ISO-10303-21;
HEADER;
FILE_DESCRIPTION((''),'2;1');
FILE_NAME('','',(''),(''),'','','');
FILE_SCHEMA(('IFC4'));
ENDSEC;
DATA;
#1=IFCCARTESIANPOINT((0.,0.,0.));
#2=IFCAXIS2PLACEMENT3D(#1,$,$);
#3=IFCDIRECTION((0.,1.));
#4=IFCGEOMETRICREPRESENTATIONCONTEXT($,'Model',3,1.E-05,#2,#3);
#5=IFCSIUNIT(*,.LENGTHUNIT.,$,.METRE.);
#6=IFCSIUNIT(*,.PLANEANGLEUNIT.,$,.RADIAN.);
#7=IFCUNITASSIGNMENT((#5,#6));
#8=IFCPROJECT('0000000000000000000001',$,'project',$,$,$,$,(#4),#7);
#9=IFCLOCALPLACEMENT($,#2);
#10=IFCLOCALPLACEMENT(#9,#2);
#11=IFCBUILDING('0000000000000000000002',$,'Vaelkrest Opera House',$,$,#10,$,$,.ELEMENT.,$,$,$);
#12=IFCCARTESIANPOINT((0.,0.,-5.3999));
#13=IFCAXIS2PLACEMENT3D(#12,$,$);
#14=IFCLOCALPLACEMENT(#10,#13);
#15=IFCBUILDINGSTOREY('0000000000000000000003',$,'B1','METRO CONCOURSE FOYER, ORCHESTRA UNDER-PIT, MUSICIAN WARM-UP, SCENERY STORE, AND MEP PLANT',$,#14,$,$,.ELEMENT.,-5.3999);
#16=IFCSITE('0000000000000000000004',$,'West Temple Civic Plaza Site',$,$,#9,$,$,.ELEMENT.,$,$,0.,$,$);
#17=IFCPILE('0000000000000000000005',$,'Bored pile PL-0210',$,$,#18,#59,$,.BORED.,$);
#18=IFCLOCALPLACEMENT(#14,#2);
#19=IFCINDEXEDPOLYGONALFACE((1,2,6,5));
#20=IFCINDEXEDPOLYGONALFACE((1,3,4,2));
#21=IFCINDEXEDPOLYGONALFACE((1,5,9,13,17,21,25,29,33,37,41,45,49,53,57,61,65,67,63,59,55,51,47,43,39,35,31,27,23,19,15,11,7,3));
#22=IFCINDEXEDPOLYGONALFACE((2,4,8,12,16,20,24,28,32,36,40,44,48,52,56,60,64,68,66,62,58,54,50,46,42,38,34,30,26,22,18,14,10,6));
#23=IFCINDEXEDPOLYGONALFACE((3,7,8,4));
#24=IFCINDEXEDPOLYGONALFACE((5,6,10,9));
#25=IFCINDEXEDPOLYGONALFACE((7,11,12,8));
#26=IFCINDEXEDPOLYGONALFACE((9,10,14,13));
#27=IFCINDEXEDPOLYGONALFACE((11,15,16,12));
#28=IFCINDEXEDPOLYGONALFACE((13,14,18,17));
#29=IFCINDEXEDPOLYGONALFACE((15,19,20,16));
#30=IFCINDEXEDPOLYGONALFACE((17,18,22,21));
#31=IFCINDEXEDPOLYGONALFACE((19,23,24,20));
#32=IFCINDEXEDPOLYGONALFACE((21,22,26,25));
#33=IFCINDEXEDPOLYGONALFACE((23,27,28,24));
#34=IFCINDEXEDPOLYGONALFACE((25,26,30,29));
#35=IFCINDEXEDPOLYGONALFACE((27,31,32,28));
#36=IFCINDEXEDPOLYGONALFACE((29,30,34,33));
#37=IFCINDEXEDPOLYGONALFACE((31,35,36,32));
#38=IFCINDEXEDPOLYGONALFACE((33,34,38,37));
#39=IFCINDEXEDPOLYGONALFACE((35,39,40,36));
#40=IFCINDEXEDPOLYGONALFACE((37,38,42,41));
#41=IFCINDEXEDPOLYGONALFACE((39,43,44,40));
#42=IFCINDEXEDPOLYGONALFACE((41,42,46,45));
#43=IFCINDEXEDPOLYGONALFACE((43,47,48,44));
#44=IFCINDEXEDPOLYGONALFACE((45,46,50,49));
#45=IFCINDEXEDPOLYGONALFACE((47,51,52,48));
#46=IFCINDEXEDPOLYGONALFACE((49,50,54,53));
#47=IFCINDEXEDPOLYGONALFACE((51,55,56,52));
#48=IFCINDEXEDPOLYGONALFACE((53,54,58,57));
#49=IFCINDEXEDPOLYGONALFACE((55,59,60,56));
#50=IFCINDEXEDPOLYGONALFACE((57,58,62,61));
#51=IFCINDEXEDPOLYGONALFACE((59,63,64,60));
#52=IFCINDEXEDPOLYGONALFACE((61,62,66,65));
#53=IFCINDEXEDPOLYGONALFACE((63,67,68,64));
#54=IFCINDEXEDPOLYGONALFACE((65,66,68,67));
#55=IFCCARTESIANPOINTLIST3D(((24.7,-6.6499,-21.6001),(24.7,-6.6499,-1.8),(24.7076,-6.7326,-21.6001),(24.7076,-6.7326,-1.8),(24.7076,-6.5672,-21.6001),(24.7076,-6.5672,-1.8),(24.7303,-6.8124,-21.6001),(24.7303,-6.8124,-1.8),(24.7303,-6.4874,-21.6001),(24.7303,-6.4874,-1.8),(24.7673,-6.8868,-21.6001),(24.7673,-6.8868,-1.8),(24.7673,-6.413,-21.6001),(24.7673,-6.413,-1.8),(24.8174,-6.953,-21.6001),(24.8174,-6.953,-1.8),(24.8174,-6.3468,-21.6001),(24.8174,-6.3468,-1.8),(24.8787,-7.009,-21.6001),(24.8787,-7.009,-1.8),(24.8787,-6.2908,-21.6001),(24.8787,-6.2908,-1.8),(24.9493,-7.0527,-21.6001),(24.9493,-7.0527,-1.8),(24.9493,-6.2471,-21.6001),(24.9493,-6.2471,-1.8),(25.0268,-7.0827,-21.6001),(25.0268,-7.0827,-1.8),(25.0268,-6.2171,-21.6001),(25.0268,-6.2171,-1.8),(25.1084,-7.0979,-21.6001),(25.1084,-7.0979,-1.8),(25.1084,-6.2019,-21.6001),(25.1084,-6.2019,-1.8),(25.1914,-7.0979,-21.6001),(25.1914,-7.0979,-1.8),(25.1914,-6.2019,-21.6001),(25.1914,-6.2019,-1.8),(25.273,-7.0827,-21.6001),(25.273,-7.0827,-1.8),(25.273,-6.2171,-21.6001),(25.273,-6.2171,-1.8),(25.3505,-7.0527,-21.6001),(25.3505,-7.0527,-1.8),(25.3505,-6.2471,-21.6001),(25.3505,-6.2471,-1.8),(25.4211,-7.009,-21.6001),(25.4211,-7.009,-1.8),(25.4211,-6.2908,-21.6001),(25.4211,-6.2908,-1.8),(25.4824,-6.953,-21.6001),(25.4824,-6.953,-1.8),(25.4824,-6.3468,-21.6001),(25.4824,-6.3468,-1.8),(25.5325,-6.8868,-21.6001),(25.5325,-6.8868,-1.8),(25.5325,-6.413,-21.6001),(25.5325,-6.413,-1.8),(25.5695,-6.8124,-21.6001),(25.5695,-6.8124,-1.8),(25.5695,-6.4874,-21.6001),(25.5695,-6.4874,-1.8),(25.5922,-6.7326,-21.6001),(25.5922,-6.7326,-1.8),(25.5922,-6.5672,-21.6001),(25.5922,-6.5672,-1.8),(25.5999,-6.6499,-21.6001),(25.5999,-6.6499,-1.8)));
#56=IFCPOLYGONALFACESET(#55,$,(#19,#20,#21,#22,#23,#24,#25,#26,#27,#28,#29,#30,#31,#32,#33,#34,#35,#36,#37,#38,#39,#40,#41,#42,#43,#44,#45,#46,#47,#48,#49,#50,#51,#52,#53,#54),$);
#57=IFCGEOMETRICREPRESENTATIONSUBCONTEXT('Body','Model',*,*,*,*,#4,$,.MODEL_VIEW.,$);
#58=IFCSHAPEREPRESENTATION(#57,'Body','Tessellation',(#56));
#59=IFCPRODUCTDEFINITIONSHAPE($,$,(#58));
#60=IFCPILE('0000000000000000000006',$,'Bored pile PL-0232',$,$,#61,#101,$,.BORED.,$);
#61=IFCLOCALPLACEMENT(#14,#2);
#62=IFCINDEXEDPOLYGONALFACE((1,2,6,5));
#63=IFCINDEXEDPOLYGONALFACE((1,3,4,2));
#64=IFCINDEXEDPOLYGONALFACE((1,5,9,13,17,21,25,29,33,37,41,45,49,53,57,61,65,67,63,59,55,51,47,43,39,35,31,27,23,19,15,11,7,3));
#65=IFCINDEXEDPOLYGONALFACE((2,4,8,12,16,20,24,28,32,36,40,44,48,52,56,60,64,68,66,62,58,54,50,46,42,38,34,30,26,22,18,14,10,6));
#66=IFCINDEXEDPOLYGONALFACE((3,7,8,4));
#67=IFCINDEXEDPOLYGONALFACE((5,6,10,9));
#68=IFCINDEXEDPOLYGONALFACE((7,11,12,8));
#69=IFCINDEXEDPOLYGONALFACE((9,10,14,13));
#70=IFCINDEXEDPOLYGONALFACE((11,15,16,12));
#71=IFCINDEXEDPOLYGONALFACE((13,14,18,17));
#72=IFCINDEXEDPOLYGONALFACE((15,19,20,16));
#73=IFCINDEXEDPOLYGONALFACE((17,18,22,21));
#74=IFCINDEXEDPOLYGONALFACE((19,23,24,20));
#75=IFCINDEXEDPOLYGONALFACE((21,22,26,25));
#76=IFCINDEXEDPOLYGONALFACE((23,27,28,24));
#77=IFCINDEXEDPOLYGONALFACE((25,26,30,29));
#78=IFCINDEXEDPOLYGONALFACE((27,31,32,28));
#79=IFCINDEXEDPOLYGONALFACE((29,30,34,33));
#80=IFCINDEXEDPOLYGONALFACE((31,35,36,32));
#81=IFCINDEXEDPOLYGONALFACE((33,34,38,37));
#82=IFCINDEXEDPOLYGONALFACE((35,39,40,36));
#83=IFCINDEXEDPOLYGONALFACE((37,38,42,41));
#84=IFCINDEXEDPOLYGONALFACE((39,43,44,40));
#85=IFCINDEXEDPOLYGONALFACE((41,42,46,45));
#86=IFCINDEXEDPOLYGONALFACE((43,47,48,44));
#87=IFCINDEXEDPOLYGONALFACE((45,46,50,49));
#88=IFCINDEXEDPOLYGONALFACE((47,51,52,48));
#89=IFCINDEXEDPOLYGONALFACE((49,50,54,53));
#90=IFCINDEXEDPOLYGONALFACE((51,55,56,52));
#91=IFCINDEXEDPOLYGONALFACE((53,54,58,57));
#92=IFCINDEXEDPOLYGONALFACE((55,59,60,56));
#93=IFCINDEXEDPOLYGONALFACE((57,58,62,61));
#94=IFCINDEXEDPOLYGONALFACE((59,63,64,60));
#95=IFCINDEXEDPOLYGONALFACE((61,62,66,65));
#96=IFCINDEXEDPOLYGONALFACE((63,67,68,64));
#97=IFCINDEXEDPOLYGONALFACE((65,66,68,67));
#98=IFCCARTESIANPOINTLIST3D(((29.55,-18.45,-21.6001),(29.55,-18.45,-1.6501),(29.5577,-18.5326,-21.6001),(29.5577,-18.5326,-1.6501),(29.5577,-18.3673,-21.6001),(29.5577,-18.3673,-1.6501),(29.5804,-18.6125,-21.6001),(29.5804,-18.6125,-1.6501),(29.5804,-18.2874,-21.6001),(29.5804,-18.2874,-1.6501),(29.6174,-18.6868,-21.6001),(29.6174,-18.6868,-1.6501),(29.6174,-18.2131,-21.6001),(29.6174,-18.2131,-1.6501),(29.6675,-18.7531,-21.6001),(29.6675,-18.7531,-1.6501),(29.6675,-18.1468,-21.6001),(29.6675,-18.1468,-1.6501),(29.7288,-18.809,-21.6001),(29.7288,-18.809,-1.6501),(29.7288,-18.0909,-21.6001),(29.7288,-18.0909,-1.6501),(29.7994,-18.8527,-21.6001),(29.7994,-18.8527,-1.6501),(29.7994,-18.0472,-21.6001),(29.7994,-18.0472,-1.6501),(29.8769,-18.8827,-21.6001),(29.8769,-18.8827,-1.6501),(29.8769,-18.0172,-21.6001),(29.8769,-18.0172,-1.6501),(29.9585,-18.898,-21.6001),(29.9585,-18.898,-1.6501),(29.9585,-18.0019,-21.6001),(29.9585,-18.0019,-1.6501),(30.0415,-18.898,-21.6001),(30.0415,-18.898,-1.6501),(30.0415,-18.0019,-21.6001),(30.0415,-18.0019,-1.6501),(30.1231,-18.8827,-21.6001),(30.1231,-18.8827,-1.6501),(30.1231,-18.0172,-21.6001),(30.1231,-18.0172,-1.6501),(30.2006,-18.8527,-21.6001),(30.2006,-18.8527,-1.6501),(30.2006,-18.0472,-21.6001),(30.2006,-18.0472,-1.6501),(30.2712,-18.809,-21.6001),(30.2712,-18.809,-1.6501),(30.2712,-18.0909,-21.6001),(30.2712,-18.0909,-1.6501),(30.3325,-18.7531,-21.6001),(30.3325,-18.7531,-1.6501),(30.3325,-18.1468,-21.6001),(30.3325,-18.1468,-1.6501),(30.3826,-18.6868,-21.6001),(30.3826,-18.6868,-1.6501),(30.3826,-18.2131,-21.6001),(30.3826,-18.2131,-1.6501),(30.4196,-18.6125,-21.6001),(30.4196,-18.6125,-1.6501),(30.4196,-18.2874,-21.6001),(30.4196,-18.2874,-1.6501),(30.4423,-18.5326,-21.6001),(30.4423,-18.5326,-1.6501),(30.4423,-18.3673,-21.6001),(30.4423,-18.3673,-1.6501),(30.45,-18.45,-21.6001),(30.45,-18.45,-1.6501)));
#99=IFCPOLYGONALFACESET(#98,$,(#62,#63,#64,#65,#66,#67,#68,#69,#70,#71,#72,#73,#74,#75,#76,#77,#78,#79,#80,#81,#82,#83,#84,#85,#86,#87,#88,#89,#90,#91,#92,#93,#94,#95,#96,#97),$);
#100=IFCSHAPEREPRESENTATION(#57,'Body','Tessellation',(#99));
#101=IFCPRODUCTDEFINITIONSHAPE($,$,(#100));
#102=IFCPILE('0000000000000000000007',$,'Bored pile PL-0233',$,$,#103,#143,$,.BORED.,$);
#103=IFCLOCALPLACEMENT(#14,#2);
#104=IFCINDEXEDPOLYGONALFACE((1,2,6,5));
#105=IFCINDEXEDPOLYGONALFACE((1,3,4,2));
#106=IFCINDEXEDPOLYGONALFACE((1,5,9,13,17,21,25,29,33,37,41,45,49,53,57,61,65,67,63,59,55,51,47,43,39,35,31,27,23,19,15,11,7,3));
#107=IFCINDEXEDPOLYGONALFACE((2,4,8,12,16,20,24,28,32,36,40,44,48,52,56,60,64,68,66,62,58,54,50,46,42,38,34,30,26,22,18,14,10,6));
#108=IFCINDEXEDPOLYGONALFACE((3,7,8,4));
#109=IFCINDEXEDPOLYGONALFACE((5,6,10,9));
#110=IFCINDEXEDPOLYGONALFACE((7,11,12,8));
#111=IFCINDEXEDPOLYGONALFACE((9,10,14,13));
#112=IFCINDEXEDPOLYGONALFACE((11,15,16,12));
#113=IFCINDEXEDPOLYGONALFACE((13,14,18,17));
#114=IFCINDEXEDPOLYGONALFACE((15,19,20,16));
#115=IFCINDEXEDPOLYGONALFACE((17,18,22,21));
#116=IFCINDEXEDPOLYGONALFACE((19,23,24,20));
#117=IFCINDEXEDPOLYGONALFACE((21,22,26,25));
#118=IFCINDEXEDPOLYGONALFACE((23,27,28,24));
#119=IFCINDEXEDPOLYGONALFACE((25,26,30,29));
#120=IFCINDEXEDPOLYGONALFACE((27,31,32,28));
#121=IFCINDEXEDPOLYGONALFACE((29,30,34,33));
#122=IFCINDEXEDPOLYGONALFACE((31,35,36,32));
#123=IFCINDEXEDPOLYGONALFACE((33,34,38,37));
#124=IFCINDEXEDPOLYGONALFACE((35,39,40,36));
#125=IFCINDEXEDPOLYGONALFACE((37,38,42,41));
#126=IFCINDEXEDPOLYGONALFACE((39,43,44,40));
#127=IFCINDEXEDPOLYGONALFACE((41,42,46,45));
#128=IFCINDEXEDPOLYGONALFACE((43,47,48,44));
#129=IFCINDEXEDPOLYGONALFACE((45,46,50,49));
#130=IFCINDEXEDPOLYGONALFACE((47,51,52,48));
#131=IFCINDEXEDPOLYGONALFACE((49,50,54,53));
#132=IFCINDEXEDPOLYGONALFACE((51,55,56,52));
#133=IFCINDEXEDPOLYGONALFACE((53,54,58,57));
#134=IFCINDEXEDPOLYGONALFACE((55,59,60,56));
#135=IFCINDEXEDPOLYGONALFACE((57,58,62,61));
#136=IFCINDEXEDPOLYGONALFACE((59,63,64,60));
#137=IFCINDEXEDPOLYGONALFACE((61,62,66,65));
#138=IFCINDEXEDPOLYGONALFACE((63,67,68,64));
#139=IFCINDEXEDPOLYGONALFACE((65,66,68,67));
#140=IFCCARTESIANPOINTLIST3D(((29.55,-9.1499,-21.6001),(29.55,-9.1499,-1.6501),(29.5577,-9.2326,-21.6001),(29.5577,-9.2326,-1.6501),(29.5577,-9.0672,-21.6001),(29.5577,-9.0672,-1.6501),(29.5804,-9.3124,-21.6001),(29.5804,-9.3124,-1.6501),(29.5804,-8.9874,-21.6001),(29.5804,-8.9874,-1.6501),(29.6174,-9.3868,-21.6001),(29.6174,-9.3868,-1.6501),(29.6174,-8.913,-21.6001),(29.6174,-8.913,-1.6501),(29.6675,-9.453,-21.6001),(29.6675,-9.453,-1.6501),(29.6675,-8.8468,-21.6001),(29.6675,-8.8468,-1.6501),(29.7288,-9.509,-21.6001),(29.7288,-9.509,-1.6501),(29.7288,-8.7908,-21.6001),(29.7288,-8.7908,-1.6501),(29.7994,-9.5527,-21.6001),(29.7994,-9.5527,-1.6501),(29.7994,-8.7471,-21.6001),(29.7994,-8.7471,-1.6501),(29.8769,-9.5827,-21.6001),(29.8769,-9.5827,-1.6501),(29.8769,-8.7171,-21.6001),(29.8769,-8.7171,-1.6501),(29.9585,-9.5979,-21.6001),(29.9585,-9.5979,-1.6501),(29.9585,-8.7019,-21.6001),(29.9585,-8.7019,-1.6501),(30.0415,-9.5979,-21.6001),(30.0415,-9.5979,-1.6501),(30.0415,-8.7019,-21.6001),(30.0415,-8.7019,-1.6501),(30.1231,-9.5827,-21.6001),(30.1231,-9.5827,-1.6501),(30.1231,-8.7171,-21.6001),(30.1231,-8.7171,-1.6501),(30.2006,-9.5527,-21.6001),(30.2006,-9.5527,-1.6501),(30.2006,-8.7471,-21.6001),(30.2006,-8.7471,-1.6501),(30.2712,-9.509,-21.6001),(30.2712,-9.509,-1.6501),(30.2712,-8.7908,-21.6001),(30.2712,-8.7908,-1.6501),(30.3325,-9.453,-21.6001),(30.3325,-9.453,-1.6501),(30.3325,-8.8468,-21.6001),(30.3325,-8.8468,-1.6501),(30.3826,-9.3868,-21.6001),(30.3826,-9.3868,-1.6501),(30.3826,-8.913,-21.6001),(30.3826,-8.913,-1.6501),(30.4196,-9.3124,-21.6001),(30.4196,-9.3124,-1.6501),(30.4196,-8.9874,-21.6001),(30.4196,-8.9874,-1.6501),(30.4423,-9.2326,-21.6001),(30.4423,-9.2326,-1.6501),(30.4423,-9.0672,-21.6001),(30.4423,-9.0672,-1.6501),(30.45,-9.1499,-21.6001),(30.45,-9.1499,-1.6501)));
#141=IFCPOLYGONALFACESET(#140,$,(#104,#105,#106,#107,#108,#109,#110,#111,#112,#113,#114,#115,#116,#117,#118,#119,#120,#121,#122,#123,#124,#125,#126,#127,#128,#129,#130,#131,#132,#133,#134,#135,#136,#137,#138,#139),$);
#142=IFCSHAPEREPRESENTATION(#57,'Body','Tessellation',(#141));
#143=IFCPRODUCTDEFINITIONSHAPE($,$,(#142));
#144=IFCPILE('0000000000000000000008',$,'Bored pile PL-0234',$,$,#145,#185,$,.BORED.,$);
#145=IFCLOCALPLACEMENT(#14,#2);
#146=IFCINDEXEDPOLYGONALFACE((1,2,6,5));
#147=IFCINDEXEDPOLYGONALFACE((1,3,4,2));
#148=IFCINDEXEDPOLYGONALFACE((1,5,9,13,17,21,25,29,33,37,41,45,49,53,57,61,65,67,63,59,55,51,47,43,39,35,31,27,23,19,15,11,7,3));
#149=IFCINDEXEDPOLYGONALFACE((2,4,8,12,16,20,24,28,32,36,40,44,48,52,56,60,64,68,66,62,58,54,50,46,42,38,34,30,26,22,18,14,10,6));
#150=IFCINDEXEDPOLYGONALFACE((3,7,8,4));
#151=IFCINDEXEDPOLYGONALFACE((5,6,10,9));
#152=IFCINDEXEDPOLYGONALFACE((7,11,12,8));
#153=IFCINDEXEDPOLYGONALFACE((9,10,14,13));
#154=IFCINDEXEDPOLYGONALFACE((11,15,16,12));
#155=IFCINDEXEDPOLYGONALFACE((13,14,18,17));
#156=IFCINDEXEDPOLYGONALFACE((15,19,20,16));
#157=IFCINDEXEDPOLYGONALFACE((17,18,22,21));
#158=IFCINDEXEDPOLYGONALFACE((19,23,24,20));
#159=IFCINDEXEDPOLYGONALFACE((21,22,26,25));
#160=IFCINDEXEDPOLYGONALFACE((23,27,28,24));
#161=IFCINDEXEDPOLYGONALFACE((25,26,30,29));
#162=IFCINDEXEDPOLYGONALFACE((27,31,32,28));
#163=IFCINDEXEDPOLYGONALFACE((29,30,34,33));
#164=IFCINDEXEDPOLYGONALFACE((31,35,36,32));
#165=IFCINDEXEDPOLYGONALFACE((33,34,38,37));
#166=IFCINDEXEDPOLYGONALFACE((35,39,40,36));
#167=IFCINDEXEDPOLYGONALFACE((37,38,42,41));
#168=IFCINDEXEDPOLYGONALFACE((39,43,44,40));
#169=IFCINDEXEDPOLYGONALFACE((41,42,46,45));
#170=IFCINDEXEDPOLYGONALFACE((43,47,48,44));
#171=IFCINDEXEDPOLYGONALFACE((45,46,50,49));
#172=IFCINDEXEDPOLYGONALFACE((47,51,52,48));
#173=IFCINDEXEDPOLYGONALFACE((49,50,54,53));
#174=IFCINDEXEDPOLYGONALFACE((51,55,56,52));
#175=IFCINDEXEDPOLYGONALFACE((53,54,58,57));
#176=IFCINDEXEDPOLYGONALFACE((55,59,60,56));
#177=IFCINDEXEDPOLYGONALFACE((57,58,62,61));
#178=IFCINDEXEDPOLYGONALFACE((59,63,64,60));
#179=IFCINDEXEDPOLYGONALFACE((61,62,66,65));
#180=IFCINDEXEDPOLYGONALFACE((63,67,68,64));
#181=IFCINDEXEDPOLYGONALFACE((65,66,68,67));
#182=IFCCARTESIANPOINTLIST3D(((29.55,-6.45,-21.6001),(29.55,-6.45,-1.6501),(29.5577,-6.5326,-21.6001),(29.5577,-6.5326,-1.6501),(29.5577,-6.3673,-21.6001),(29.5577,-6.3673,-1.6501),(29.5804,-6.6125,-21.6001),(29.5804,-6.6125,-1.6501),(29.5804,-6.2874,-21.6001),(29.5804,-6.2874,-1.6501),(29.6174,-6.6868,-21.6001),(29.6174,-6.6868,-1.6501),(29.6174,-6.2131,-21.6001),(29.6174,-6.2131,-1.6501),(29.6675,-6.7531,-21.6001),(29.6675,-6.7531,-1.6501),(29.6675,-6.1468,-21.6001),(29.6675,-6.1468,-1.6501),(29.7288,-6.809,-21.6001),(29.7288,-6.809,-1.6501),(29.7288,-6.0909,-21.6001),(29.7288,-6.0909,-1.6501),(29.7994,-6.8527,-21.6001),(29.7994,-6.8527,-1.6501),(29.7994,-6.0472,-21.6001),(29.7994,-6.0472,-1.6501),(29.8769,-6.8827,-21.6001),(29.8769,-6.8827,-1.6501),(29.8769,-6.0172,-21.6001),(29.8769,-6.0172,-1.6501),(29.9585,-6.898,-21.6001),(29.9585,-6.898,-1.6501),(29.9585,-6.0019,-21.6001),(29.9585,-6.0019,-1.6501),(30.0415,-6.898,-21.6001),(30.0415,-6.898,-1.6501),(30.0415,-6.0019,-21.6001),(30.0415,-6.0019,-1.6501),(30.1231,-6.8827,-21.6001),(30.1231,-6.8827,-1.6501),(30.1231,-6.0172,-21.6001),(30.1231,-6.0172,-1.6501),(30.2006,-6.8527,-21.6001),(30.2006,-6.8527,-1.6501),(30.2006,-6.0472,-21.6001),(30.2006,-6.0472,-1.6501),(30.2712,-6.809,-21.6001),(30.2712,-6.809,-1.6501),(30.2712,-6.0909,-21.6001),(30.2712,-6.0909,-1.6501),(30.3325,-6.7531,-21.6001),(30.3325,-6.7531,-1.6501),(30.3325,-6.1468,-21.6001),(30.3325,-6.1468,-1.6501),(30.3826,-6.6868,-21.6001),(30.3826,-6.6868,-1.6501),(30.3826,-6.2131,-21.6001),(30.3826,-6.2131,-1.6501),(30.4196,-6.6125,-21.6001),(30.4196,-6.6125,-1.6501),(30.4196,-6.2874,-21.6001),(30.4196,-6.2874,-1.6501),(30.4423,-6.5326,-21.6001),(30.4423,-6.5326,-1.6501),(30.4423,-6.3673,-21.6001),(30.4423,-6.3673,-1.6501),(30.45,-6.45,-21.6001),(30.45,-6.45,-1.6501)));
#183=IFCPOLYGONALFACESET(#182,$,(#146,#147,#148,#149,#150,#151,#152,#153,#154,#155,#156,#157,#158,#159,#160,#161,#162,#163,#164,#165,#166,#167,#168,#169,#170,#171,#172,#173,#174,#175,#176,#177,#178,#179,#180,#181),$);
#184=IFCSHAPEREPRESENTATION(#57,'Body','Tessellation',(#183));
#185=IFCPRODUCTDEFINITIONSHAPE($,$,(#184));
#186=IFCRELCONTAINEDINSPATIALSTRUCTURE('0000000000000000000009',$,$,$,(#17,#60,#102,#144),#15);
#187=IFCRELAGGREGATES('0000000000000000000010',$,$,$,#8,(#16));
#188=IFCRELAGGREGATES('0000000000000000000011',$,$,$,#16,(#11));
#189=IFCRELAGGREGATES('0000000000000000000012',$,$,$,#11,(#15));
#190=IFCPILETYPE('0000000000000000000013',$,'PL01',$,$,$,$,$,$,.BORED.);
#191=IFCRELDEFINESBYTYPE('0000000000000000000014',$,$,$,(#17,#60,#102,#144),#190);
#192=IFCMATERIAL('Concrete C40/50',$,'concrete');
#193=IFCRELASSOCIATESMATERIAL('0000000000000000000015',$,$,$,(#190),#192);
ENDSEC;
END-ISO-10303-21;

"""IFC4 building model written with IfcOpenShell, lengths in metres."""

from ifc_helpers import new_model, si_unit, direction, frame, origin, origin_2d, place, context, subcontext, project, spatial, circle, extrude, material, material_profile, profile_set, type_object, element, save


model = new_model("IFC4")

# Units and contexts
model_context = context("Model", 3, precision=1e-05, world=origin(), true_north=direction((0.0, 1.0)))
body_context = subcontext(model_context, "Body", "Model", "MODEL_VIEW")
ifc_project = project(units=[si_unit("LENGTHUNIT", "METRE"), si_unit("PLANEANGLEUNIT", "RADIAN")], contexts=[model_context])

# Site, building, storey
site_placement = place(None, origin())
site = spatial("IfcSite", under=ifc_project, at=site_placement, Name="West Temple Civic Plaza Site", CompositionType="ELEMENT", RefElevation=0.0)
building_placement = place(site_placement, origin())
building = spatial("IfcBuilding", under=site, at=building_placement, Name="Vaelkrest Opera House", CompositionType="ELEMENT")
storey_placement = place(building_placement, frame((0.0, 0.0, -5.3999)))
storey = spatial("IfcBuildingStorey", under=building, at=storey_placement, Name="B1", Description="METRO CONCOURSE FOYER, ORCHESTRA UNDER-PIT, MUSICIAN WARM-UP, SCENERY STORE, AND MEP PLANT", CompositionType="ELEMENT", Elevation=-5.3999)

# Shared definitions
ifc_material_1 = material(Name="Concrete C40/50", Category="concrete")

# Piles
ifc_material_profile_1 = material_profile(ifc_material_1, circle(Radius=0.45, at=origin_2d()), Name="PILE900")
ifc_profile_set_1 = profile_set([ifc_material_profile_1], Name="Concrete C40/50")
pile_type = type_object("IfcPileType", Name="PL01", PredefinedType="BORED", material=ifc_profile_set_1)
for number, where, z_axis, x_axis, name in (
    (1, (25.1499, -6.6499, -1.8), (0.0, 0.0, -1.0), (1.0, 0.0, 0.0), "Bored pile PL-0210"),
):
    element("IfcPile", number, at=place(storey_placement, frame(where, z_axis=z_axis, x_axis=x_axis)), inside=storey, type_object=pile_type, Name=name, PredefinedType="BORED", context=body_context, shape_type="SweptSolid", body=[
        extrude(circle(Radius=0.45, at=origin_2d()), origin(), (0.0, 0.0, 1.0), 19.8),
    ])
for number, where, z_axis, x_axis, name in (
    (2, (30.0, -18.45, -1.6501), (0.0, 0.0, -1.0), (1.0, 0.0, 0.0), "Bored pile PL-0232"),
    (3, (30.0, -9.1499, -1.6501), (0.0, 0.0, -1.0), (1.0, 0.0, 0.0), "Bored pile PL-0233"),
    (4, (30.0, -6.45, -1.6501), (0.0, 0.0, -1.0), (1.0, 0.0, 0.0), "Bored pile PL-0234"),
):
    element("IfcPile", number, at=place(storey_placement, frame(where, z_axis=z_axis, x_axis=x_axis)), inside=storey, type_object=pile_type, Name=name, PredefinedType="BORED", context=body_context, shape_type="SweptSolid", body=[
        extrude(circle(Radius=0.45, at=origin_2d()), origin(), (0.0, 0.0, 1.0), 19.95),
    ])

save(model, "model.ifc")
